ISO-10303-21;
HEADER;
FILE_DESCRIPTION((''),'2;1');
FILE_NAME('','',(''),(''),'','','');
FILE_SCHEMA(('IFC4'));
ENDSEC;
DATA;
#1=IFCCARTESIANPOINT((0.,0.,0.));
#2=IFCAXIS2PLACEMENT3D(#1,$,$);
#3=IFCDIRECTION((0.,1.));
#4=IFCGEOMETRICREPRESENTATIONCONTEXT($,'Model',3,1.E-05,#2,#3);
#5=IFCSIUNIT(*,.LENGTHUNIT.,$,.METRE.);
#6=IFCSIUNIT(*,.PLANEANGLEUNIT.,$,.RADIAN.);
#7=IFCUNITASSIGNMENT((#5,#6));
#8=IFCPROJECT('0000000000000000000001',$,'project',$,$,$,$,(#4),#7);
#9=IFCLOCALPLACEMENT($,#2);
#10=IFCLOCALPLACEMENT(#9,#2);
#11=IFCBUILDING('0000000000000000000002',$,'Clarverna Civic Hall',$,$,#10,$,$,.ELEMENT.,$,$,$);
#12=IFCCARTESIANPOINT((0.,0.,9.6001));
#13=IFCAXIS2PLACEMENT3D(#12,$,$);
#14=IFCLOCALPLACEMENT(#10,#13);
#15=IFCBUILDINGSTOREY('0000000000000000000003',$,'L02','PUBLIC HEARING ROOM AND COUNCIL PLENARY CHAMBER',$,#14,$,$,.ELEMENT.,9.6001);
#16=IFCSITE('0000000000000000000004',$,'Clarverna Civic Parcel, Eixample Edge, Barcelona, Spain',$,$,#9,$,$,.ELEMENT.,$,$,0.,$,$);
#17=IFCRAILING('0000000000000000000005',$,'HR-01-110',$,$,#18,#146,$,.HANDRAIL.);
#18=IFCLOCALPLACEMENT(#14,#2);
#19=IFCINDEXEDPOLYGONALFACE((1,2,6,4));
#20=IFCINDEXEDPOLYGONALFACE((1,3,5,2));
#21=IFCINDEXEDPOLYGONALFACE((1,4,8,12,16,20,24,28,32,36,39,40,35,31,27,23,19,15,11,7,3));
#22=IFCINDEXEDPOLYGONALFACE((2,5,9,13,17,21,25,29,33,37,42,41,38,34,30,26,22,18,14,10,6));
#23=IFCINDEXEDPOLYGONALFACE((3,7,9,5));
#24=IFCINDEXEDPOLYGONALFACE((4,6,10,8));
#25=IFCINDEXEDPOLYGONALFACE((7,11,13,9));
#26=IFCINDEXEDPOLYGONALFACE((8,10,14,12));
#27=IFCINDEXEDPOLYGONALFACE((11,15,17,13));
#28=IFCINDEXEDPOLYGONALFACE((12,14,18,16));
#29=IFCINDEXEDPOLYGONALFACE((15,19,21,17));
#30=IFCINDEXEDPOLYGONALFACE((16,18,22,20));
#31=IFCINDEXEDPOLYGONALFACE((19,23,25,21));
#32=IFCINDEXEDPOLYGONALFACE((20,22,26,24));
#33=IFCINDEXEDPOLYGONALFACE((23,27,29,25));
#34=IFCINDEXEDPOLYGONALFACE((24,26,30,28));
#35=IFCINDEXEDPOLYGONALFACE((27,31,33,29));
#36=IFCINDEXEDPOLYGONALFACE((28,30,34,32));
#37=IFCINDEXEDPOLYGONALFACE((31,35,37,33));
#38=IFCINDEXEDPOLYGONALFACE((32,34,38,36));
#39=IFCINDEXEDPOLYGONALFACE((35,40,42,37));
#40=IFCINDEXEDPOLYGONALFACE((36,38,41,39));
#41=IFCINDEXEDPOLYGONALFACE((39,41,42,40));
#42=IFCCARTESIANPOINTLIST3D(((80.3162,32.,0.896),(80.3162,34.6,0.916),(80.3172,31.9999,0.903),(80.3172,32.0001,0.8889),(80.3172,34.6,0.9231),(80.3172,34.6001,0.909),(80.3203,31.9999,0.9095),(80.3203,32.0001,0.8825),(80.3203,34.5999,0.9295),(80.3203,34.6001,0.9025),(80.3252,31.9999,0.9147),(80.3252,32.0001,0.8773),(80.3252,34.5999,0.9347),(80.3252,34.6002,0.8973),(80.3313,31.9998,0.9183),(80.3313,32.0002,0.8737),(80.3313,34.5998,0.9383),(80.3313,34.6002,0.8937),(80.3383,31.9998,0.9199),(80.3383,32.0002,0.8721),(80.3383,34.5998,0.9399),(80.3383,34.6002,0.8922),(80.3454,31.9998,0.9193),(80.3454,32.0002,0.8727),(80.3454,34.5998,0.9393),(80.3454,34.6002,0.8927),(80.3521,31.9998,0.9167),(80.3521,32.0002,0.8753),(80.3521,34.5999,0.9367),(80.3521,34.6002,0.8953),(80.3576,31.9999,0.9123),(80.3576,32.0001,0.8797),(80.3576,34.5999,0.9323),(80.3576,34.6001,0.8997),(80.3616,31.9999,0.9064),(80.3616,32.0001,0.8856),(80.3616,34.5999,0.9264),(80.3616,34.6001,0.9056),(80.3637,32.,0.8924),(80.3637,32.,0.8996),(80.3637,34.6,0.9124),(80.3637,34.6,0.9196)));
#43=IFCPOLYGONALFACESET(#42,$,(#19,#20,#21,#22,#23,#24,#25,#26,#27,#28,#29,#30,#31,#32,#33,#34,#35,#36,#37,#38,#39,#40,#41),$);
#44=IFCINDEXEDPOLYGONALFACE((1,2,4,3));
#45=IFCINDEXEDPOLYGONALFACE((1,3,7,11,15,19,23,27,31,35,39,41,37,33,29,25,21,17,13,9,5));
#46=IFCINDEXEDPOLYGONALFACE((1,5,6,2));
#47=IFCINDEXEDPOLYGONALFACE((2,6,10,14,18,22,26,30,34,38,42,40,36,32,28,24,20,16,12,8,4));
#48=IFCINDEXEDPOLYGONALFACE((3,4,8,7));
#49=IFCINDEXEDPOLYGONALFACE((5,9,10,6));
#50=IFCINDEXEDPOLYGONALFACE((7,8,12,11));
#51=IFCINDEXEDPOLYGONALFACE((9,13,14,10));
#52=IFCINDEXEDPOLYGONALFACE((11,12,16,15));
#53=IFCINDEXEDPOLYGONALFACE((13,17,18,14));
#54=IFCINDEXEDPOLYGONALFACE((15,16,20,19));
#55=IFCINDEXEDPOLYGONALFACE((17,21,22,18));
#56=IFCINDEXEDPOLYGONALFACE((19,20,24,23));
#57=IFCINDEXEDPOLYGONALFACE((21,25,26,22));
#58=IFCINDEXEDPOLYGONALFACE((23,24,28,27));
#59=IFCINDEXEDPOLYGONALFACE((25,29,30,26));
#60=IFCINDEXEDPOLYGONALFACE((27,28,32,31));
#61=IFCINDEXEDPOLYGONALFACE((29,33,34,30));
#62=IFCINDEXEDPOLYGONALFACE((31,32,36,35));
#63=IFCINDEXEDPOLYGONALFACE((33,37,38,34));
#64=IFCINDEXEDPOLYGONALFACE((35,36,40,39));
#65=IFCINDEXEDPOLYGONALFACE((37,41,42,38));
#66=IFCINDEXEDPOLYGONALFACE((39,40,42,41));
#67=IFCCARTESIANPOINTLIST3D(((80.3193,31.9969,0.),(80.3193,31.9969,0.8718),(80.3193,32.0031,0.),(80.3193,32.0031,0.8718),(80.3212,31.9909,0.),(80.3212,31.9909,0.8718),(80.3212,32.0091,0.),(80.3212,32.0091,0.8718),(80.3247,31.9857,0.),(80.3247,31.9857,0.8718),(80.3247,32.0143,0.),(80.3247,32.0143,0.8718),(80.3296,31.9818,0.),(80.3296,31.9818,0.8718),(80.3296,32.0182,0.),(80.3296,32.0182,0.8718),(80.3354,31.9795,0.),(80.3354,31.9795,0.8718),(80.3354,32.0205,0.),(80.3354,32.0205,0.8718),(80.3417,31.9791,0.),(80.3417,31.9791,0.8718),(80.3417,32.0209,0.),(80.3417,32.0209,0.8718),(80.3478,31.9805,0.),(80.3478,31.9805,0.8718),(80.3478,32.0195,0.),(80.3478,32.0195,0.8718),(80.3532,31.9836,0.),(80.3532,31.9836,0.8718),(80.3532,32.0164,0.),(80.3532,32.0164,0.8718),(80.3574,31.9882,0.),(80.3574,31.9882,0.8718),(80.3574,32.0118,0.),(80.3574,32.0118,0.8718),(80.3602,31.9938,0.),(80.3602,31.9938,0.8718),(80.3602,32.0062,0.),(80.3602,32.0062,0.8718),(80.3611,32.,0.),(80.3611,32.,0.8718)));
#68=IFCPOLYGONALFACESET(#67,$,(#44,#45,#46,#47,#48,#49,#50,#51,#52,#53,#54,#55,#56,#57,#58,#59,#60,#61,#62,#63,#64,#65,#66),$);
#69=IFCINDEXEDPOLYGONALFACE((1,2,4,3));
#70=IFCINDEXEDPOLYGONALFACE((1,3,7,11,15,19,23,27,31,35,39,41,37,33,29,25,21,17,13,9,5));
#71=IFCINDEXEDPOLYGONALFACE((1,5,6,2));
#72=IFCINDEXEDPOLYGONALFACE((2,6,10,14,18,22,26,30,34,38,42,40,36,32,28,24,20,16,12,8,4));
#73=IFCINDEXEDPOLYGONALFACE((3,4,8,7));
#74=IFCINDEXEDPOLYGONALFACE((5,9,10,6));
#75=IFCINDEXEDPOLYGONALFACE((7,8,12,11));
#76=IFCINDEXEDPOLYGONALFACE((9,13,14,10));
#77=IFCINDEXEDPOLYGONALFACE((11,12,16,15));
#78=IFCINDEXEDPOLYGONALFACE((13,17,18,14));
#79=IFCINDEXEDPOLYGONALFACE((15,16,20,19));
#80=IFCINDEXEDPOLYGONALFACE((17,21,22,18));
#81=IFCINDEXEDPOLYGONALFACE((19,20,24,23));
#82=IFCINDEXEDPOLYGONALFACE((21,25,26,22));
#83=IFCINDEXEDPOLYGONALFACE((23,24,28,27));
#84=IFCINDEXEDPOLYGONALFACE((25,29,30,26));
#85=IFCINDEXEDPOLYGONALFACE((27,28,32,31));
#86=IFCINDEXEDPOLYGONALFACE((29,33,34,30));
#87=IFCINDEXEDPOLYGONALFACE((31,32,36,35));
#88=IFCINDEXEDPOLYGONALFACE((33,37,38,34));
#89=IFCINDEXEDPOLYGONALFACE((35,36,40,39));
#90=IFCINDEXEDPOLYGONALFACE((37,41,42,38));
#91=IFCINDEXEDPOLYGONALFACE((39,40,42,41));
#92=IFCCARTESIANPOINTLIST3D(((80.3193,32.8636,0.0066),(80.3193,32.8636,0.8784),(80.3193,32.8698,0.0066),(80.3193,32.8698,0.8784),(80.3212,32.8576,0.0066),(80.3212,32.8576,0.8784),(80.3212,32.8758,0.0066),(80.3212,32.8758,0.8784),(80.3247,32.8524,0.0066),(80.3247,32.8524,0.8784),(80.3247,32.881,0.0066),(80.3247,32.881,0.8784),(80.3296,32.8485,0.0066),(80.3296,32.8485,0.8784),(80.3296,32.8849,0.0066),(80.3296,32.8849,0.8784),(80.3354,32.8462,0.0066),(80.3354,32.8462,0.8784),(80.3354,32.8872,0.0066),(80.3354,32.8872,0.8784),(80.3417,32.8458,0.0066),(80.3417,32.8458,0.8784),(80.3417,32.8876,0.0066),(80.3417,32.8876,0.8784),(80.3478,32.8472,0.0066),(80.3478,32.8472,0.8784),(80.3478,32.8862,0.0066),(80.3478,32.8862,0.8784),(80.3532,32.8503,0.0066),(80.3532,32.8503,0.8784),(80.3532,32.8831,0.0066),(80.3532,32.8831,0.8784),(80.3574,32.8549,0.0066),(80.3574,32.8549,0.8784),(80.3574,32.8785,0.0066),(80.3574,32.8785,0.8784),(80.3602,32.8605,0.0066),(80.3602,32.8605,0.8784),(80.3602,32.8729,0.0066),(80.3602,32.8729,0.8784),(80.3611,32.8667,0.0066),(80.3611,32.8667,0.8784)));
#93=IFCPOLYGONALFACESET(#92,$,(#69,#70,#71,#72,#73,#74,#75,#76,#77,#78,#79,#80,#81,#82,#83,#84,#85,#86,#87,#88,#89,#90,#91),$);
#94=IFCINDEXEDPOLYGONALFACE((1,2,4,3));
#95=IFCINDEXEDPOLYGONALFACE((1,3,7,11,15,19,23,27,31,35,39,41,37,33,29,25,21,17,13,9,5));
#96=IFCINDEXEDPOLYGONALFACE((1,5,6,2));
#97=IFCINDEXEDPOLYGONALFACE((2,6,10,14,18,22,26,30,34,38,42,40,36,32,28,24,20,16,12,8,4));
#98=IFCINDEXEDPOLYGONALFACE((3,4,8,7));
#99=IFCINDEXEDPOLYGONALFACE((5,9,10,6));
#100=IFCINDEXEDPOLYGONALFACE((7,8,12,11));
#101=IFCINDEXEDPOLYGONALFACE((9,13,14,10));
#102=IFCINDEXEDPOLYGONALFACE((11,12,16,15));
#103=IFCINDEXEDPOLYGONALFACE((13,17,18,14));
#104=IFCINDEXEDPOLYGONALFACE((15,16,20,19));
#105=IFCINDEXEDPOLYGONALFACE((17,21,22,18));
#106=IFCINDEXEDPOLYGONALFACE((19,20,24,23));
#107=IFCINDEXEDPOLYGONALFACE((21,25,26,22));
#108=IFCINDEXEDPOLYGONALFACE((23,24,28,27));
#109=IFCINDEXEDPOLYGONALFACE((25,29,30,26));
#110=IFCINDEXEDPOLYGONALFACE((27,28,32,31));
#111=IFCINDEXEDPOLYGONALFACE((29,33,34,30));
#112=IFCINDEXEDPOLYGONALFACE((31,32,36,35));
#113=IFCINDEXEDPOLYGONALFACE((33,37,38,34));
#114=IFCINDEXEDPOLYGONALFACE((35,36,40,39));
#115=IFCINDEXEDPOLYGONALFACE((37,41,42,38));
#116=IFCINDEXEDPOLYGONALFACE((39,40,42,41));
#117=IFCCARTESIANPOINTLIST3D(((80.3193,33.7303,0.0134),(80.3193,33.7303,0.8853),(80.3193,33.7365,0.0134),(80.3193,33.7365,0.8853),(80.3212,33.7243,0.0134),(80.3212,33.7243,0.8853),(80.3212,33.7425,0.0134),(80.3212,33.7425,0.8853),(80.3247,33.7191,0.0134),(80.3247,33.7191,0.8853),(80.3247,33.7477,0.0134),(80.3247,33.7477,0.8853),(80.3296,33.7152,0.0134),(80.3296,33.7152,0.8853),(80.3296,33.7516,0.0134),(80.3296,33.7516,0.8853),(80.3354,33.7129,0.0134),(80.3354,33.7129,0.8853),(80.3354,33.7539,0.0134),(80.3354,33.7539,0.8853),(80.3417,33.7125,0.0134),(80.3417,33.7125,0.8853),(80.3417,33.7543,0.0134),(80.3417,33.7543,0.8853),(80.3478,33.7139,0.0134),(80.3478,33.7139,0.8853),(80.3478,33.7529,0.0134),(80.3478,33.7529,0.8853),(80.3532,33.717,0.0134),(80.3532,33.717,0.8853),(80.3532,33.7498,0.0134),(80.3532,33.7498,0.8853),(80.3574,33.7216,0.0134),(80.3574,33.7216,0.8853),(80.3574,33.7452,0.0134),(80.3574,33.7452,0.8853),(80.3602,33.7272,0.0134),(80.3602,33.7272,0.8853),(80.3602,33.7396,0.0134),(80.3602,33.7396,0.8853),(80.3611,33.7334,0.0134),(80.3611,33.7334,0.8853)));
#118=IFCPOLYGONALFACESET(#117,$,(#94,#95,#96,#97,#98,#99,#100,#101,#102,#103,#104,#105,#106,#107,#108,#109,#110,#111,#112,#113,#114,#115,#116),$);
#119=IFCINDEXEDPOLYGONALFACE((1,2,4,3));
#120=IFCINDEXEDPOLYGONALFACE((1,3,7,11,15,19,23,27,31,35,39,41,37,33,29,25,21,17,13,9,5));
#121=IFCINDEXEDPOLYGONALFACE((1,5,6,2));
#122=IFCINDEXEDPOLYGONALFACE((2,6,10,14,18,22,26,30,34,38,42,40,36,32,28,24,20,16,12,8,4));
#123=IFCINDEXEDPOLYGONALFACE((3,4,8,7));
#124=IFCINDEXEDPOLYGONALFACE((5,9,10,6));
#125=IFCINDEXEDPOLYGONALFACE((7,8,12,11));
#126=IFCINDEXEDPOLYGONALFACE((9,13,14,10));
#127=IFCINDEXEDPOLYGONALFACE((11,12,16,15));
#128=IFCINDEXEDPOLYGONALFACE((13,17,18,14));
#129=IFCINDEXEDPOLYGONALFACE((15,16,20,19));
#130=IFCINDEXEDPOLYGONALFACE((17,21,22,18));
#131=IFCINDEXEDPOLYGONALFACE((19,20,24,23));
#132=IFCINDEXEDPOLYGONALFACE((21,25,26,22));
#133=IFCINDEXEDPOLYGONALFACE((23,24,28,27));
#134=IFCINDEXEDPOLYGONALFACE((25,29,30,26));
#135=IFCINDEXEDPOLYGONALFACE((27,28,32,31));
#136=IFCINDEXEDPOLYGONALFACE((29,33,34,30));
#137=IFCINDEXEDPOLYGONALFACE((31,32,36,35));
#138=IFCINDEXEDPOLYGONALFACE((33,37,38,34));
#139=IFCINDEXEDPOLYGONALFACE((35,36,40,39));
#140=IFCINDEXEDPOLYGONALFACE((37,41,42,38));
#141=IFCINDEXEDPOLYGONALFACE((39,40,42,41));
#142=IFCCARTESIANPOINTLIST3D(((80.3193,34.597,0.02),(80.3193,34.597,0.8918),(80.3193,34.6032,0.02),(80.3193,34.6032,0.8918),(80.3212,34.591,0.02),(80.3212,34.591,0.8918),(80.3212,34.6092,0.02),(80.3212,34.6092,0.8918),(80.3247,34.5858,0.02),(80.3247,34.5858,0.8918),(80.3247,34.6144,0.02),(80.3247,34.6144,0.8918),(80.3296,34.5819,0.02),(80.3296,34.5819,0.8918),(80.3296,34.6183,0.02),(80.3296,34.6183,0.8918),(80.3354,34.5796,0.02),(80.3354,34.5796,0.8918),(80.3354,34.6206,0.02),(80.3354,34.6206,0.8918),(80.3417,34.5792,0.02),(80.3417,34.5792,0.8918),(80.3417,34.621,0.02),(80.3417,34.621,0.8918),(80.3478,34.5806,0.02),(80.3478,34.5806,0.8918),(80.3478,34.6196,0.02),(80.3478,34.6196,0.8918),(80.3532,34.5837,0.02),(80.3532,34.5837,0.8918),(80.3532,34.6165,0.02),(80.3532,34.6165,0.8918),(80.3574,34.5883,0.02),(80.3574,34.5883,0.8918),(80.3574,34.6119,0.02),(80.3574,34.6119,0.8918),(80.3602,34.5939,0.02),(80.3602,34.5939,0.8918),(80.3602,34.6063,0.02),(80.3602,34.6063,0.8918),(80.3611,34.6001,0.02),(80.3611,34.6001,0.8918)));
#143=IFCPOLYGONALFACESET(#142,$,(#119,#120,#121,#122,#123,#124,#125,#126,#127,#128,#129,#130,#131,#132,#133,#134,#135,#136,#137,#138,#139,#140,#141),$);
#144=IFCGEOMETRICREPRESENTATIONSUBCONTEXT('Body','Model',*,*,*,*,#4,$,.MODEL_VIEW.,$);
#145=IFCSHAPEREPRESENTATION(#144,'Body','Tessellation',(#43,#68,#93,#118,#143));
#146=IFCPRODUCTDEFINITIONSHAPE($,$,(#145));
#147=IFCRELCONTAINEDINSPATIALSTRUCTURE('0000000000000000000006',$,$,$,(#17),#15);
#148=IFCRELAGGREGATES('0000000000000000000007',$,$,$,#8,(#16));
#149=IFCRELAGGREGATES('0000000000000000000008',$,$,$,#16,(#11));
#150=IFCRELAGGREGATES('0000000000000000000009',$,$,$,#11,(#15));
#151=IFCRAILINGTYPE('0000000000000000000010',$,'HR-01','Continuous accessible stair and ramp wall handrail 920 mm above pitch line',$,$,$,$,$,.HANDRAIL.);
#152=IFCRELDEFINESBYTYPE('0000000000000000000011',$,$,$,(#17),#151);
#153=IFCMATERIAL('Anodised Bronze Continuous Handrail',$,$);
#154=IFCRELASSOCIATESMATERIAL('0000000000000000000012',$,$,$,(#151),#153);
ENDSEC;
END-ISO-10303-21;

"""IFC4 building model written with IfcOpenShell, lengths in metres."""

from ifc_helpers import new_model, si_unit, direction, frame, origin, origin_2d, place, context, subcontext, project, spatial, circle, extrude, material, type_object, element, save


model = new_model("IFC4")

# Units and contexts
model_context = context("Model", 3, precision=1e-05, world=origin(), true_north=direction((0.0, 1.0)))
body_context = subcontext(model_context, "Body", "Model", "MODEL_VIEW")
ifc_project = project(units=[si_unit("LENGTHUNIT", "METRE"), si_unit("PLANEANGLEUNIT", "RADIAN")], contexts=[model_context])

# Site, building, storey
site_placement = place(None, origin())
site = spatial("IfcSite", under=ifc_project, at=site_placement, Name="Clarverna Civic Parcel, Eixample Edge, Barcelona, Spain", CompositionType="ELEMENT", RefElevation=0.0)
building_placement = place(site_placement, origin())
building = spatial("IfcBuilding", under=site, at=building_placement, Name="Clarverna Civic Hall", CompositionType="ELEMENT")
storey_placement = place(building_placement, frame((0.0, 0.0, 9.6001)))
storey = spatial("IfcBuildingStorey", under=building, at=storey_placement, Name="L02", Description="PUBLIC HEARING ROOM AND COUNCIL PLENARY CHAMBER", CompositionType="ELEMENT", Elevation=9.6001)

# Railing
ifc_material_1 = material(Name="Anodised Bronze Continuous Handrail")
railing_type_1 = type_object("IfcRailingType", Name="HR-01", Description="Continuous accessible stair and ramp wall handrail 920 mm above pitch line", PredefinedType="HANDRAIL", material=ifc_material_1)
for number, where, name in (
    (1, (80.3401, 32.0, 0.0), "HR-01-110"),
):
    element("IfcRailing", number, at=place(storey_placement, frame(where)), inside=storey, type_object=railing_type_1, Name=name, PredefinedType="HANDRAIL", context=body_context, shape_type="SweptSolid", body=[
        extrude(circle(Radius=0.0239, at=origin_2d()), frame((0.0, 0.0, 0.896), z_axis=(0.0, 0.99997, 0.007699), x_axis=(-1.0, 0.0, 0.0)), (0.0, 0.0, 1.0), 2.6001),
        extrude(circle(Radius=0.021, at=origin_2d()), origin(), (0.0, 0.0, 1.0), 0.8718),
        extrude(circle(Radius=0.021, at=origin_2d()), frame((0.0, 0.8667, 0.0066)), (0.0, 0.0, 1.0), 0.8718),
        extrude(circle(Radius=0.021, at=origin_2d()), frame((0.0, 1.7334, 0.0134)), (0.0, 0.0, 1.0), 0.8718),
        extrude(circle(Radius=0.021, at=origin_2d()), frame((0.0, 2.6001, 0.02)), (0.0, 0.0, 1.0), 0.8718),
    ])

save(model, "model.ifc")
